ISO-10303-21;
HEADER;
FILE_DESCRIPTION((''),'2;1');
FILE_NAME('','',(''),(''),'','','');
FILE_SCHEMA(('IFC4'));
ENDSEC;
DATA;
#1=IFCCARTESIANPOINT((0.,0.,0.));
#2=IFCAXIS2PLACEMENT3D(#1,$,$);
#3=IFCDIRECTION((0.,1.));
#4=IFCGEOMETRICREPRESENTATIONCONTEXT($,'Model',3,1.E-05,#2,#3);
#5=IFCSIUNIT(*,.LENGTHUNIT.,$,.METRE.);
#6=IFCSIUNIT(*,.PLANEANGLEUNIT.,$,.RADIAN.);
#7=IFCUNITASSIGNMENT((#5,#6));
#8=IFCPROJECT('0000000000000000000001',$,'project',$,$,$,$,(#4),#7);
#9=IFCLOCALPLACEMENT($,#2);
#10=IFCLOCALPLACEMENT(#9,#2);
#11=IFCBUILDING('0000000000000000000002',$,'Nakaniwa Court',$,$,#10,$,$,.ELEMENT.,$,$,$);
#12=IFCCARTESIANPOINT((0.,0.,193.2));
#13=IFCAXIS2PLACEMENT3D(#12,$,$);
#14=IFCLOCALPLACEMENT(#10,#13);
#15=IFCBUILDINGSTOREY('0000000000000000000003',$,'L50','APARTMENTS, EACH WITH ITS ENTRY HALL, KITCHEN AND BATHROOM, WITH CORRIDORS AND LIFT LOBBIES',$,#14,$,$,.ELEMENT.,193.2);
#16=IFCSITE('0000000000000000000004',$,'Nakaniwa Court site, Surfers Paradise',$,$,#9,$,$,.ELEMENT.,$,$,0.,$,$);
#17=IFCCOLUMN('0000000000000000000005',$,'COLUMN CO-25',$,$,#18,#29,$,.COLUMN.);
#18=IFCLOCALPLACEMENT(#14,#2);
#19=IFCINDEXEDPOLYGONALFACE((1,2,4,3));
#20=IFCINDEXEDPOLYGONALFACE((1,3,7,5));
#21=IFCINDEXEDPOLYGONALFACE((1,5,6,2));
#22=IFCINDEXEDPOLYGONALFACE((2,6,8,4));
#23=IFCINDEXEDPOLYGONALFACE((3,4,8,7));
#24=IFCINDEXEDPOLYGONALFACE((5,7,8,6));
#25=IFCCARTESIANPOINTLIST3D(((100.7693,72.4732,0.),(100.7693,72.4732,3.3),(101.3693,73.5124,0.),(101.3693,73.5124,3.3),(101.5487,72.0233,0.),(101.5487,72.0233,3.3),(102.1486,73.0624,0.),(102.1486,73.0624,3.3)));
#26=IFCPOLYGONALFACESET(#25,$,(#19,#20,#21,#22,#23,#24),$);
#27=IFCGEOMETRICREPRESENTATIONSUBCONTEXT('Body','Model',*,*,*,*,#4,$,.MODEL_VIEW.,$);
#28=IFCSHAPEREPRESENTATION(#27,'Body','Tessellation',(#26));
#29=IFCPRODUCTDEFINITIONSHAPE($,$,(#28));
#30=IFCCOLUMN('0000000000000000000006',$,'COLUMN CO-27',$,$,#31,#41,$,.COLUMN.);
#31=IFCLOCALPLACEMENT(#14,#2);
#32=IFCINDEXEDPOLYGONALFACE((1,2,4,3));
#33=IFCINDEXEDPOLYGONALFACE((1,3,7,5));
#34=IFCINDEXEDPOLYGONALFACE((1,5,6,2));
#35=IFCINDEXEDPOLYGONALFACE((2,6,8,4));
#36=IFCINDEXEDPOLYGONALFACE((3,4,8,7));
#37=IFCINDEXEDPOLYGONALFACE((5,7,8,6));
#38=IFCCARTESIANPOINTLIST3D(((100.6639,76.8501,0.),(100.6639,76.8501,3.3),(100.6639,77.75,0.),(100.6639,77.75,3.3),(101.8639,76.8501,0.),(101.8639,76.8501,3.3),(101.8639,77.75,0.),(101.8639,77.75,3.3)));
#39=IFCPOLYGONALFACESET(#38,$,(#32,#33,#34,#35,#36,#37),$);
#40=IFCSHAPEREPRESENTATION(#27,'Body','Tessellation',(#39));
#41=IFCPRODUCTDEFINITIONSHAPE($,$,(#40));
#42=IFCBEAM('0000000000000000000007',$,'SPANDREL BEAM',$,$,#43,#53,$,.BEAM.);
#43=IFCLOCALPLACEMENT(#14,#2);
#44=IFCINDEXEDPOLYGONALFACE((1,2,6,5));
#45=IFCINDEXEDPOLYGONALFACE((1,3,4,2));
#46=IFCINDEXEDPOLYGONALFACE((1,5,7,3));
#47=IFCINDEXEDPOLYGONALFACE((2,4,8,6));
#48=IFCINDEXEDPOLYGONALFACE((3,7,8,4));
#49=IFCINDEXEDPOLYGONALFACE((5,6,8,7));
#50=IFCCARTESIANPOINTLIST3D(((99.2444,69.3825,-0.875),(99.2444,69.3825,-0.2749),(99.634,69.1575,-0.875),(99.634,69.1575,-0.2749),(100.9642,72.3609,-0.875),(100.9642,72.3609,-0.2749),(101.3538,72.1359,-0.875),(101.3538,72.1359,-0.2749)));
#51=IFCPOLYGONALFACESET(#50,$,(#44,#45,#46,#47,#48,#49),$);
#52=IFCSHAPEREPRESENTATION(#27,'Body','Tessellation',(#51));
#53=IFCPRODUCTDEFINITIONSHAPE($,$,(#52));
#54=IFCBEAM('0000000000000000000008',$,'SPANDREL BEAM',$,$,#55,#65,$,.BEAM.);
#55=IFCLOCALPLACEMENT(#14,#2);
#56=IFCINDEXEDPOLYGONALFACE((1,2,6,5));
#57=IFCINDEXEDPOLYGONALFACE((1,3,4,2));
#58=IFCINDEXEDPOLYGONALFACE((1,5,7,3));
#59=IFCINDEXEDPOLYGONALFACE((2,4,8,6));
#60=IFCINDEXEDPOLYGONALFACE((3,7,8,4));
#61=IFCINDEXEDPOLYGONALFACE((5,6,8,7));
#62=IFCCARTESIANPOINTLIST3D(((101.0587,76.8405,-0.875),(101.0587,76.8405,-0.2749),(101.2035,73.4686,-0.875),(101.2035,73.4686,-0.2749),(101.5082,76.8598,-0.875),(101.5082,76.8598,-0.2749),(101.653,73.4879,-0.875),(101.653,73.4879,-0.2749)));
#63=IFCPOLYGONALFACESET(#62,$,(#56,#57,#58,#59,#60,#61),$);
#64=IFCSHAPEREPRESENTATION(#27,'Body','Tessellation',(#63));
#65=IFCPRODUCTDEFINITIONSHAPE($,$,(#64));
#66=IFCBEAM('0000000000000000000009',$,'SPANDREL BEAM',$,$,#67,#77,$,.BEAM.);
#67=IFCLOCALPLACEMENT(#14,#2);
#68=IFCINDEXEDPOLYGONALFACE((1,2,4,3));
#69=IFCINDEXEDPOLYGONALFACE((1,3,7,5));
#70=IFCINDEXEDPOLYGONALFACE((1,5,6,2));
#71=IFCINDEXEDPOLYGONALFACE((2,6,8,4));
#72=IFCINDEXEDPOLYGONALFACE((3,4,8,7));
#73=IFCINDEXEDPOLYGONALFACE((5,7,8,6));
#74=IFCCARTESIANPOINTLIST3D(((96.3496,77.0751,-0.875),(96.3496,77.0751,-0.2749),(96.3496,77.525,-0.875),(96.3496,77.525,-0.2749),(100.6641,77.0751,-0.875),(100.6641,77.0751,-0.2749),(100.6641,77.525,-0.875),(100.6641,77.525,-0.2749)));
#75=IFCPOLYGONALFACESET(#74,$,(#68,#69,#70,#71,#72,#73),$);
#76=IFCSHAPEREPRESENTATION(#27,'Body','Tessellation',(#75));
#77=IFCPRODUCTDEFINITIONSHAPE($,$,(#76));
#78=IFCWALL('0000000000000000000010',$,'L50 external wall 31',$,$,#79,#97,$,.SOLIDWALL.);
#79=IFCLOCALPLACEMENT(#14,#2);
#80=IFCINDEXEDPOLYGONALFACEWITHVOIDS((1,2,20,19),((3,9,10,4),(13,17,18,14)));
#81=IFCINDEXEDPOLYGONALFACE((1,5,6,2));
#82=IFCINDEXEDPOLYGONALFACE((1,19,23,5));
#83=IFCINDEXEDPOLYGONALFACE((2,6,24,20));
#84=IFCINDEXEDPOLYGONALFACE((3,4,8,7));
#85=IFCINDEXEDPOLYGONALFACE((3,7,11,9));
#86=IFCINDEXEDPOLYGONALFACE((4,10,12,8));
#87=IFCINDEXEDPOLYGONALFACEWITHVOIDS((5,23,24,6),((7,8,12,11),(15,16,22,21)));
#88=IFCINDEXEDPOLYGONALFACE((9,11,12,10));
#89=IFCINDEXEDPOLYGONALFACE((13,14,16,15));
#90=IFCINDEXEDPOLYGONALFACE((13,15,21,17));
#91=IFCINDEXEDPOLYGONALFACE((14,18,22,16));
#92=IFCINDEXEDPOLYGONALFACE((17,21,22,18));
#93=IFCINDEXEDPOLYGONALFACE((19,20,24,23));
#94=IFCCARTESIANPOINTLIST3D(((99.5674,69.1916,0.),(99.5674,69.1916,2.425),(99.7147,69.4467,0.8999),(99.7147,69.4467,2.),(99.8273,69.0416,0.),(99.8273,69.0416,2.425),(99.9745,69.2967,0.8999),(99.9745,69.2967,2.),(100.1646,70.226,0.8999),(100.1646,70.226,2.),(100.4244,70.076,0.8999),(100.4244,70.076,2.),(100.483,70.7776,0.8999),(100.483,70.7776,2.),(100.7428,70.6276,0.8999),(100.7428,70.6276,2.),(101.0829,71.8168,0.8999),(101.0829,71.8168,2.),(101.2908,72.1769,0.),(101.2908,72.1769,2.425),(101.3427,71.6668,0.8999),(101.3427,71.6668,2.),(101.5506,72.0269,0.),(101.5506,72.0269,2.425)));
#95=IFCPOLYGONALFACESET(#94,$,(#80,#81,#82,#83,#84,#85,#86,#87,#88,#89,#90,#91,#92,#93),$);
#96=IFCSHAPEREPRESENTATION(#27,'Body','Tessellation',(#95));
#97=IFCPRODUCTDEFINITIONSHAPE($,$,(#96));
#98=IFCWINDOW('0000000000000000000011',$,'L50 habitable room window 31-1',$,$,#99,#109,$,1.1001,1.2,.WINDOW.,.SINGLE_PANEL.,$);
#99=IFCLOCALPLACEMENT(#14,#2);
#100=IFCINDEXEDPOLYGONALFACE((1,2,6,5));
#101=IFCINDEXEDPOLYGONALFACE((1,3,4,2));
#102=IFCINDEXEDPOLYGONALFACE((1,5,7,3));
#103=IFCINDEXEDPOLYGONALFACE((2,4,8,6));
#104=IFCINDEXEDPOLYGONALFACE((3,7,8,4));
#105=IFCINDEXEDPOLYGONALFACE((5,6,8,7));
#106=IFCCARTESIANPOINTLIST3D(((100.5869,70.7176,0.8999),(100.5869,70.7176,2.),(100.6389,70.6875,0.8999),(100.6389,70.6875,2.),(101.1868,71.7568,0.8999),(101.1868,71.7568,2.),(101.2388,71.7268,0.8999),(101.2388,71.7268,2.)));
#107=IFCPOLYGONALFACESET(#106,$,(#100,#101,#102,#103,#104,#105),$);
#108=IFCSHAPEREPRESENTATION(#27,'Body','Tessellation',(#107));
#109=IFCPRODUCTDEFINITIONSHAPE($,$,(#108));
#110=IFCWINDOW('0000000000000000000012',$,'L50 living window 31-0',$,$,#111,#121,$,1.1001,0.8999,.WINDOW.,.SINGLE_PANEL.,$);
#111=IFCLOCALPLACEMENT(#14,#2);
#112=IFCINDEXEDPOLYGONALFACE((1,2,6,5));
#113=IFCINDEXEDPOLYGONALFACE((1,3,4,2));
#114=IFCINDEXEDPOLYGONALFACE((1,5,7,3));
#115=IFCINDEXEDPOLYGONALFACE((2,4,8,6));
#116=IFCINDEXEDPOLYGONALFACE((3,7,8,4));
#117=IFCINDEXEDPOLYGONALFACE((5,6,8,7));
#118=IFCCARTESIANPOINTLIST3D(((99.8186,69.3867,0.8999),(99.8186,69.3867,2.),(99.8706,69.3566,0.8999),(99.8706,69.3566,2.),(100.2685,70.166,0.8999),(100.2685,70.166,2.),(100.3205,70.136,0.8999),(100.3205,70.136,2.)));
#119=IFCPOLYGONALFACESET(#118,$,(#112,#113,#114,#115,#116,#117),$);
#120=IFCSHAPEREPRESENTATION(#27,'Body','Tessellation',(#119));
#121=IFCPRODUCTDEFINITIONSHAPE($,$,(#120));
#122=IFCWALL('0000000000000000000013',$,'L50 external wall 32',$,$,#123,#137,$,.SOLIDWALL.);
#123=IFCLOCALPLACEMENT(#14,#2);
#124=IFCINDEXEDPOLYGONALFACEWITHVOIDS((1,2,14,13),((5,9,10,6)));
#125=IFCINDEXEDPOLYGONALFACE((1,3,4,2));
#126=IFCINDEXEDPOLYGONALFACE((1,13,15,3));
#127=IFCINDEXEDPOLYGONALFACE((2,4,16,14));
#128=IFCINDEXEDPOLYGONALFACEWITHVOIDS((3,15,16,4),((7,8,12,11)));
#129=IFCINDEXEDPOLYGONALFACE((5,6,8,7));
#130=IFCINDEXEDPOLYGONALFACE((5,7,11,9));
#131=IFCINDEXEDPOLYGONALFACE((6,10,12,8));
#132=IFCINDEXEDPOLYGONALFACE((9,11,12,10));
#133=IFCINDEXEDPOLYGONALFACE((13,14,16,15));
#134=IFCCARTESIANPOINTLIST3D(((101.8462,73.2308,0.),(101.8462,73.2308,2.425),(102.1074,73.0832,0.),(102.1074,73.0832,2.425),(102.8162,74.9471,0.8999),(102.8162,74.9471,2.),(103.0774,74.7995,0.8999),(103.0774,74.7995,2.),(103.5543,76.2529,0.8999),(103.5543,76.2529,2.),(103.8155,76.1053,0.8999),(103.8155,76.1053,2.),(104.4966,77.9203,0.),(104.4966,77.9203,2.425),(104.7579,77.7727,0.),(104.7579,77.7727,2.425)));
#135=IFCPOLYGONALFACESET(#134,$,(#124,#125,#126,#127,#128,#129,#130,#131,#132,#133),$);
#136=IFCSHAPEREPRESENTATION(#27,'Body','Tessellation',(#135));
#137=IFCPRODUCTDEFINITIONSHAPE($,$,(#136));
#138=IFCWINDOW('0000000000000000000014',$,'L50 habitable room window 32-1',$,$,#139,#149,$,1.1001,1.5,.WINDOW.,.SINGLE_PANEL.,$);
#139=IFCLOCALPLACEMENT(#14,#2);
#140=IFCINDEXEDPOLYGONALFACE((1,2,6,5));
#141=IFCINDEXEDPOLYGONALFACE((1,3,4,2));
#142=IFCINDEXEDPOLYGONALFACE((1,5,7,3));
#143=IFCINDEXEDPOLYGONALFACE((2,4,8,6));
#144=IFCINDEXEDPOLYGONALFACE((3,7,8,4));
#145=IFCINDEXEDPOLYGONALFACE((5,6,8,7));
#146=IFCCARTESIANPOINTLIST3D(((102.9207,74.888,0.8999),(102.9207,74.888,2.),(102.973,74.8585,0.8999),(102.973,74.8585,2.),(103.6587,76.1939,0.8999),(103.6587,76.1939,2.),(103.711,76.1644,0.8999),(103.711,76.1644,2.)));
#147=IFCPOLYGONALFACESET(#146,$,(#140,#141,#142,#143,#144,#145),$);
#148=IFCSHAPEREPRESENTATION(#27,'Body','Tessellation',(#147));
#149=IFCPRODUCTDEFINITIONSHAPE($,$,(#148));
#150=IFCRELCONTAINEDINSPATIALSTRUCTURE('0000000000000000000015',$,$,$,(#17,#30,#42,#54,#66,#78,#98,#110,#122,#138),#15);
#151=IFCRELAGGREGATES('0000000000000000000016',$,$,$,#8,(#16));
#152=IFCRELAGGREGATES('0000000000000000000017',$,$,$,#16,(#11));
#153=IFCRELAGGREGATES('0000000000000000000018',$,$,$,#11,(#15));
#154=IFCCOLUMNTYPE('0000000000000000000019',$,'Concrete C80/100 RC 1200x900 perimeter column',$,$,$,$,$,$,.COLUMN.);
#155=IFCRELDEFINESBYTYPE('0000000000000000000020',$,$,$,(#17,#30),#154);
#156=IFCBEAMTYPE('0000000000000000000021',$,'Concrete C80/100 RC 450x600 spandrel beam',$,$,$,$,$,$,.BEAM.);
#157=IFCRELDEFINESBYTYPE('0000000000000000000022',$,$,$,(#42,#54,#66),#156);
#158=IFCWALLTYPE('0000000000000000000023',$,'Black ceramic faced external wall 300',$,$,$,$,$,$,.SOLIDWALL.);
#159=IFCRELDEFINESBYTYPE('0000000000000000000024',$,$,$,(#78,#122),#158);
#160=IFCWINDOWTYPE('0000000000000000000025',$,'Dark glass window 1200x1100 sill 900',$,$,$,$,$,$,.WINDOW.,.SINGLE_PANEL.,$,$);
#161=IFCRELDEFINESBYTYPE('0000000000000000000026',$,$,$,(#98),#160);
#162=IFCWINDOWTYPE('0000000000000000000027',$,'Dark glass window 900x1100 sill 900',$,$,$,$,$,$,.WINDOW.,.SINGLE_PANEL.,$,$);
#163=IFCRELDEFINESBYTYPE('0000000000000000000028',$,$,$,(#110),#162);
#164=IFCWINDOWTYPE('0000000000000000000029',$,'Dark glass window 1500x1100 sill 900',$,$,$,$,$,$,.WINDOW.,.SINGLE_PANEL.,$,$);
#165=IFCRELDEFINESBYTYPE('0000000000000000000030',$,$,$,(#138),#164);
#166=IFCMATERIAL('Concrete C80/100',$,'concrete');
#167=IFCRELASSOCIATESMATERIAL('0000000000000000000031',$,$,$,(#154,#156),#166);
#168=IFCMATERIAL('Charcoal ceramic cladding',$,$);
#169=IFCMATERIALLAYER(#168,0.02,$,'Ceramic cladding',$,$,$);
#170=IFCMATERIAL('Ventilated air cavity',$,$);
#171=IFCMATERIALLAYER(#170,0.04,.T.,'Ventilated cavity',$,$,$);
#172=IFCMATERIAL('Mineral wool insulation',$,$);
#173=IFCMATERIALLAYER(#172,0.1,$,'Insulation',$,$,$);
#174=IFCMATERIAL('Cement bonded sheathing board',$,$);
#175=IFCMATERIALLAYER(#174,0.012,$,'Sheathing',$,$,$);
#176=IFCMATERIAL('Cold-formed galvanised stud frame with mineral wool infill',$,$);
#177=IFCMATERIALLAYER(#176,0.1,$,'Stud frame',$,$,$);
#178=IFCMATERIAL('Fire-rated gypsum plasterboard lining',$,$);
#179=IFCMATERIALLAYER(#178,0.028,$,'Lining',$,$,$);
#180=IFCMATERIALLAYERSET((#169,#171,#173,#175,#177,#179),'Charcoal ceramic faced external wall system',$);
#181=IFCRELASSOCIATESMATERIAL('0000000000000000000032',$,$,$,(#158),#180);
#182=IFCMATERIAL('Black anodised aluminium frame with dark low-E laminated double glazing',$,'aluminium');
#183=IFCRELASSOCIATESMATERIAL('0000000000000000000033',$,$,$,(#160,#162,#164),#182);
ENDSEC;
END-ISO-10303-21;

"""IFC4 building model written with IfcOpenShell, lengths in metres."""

from ifc_helpers import new_model, si_unit, direction, frame, frame_2d, origin, origin_2d, place, context, subcontext, project, spatial, rectangle, extrude, material, layer, layer_set, material_profile, profile_set, type_object, element, fill, save


model = new_model("IFC4")

# Units and contexts
model_context = context("Model", 3, precision=1e-05, world=origin(), true_north=direction((0.0, 1.0)))
body_context = subcontext(model_context, "Body", "Model", "MODEL_VIEW")
ifc_project = project(units=[si_unit("LENGTHUNIT", "METRE"), si_unit("PLANEANGLEUNIT", "RADIAN")], contexts=[model_context])

# Site, building, storey
site_placement = place(None, origin())
site = spatial("IfcSite", under=ifc_project, at=site_placement, Name="Nakaniwa Court site, Surfers Paradise", CompositionType="ELEMENT", RefElevation=0.0)
building_placement = place(site_placement, origin())
building = spatial("IfcBuilding", under=site, at=building_placement, Name="Nakaniwa Court", CompositionType="ELEMENT")
storey_placement = place(building_placement, frame((0.0, 0.0, 193.2)))
storey = spatial("IfcBuildingStorey", under=building, at=storey_placement, Name="L50", Description="APARTMENTS, EACH WITH ITS ENTRY HALL, KITCHEN AND BATHROOM, WITH CORRIDORS AND LIFT LOBBIES", CompositionType="ELEMENT", Elevation=193.2)

# Columns
ifc_material_1 = material(Name="Concrete C80/100", Category="concrete")
ifc_material_profile_1 = material_profile(ifc_material_1, rectangle(XDim=1.2, YDim=0.8999, at=origin_2d()), Name="Concrete C80/100 RC 1200x900 perimeter column")
ifc_profile_set_1 = profile_set([ifc_material_profile_1], Name="Concrete C80/100")
column_type = type_object("IfcColumnType", Name="Concrete C80/100 RC 1200x900 perimeter column", PredefinedType="COLUMN", material=ifc_profile_set_1)
for number, where, z_axis, x_axis, name in (
    (1, (101.459, 72.7678, 0.0), (0.0, 0.0, 1.0), (0.5, 0.866025, 0.0), "COLUMN CO-25"),
    (2, (101.2639, 77.3, 0.0), (0.0, 0.0, 1.0), (-1.0, 0.0, 0.0), "COLUMN CO-27"),
):
    element("IfcColumn", number, at=place(storey_placement, frame(where, z_axis=z_axis, x_axis=x_axis)), inside=storey, type_object=column_type, Name=name, PredefinedType="COLUMN", context=body_context, shape_type="SweptSolid", body=[
        extrude(rectangle(XDim=1.2, YDim=0.8999, at=origin_2d()), origin(), (0.0, 0.0, 1.0), 3.3),
    ])

# Beams
ifc_material_profile_2 = material_profile(ifc_material_1, rectangle(XDim=0.45, YDim=0.6001, at=origin_2d()), Name="Concrete C80/100 RC 450x600 spandrel beam")
ifc_profile_set_2 = profile_set([ifc_material_profile_2], Name="Concrete C80/100")
beam_type = type_object("IfcBeamType", Name="Concrete C80/100 RC 450x600 spandrel beam", PredefinedType="BEAM", material=ifc_profile_set_2)
beam_1_placement = place(storey_placement, frame((99.4392, 69.27, -0.575), z_axis=(0.500048, 0.865998, 0.0), x_axis=(-0.865998, 0.500048, 0.0)))
element("IfcBeam", 3, at=beam_1_placement, inside=storey, type_object=beam_type, Name="SPANDREL BEAM", PredefinedType="BEAM", context=body_context, shape_type="SweptSolid", body=[
    extrude(rectangle(XDim=0.45, YDim=0.6001, at=origin_2d()), origin(), (0.0, 0.0, 1.0), 3.4392),
])
beam_2_placement = place(storey_placement, frame((101.4282, 73.4783, -0.575), z_axis=(-0.042897, 0.999079, 0.0), x_axis=(-0.999079, -0.042897, 0.0)))
element("IfcBeam", 4, at=beam_2_placement, inside=storey, type_object=beam_type, Name="SPANDREL BEAM", PredefinedType="BEAM", context=body_context, shape_type="SweptSolid", body=[
    extrude(rectangle(XDim=0.45, YDim=0.6001, at=origin_2d()), origin(), (0.0, 0.0, 1.0), 3.375),
])
beam_3_placement = place(storey_placement, frame((100.6641, 77.3, -0.575), z_axis=(-1.0, 0.0, 0.0), x_axis=(0.0, -1.0, 0.0)))
element("IfcBeam", 5, at=beam_3_placement, inside=storey, type_object=beam_type, Name="SPANDREL BEAM", PredefinedType="BEAM", context=body_context, shape_type="SweptSolid", body=[
    extrude(rectangle(XDim=0.45, YDim=0.6001, at=origin_2d()), origin(), (0.0, 0.0, 1.0), 4.3145),
])

# Wall, openings, windows
ifc_material_2 = material(Name="Charcoal ceramic cladding")
ifc_layer_1 = layer(ifc_material_2, 0.02, Name="Ceramic cladding")
ifc_material_3 = material(Name="Ventilated air cavity")
ifc_layer_2 = layer(ifc_material_3, 0.04, ventilated=True, Name="Ventilated cavity")
ifc_material_4 = material(Name="Mineral wool insulation")
ifc_layer_3 = layer(ifc_material_4, 0.1, Name="Insulation")
ifc_material_5 = material(Name="Cement bonded sheathing board")
ifc_layer_4 = layer(ifc_material_5, 0.012, Name="Sheathing")
ifc_material_6 = material(Name="Cold-formed galvanised stud frame with mineral wool infill")
ifc_layer_5 = layer(ifc_material_6, 0.1, Name="Stud frame")
ifc_material_7 = material(Name="Fire-rated gypsum plasterboard lining")
ifc_layer_6 = layer(ifc_material_7, 0.028, Name="Lining")
ifc_layer_set = layer_set([ifc_layer_1, ifc_layer_2, ifc_layer_3, ifc_layer_4, ifc_layer_5, ifc_layer_6], Name="Charcoal ceramic faced external wall system")
wall_type = type_object("IfcWallType", Name="Black ceramic faced external wall 300", PredefinedType="SOLIDWALL", material=ifc_layer_set)
wall_1_placement = place(storey_placement, frame((99.6973, 69.1165, 0.0), z_axis=(0.0, 0.0, 1.0), x_axis=(0.499955, 0.866051, 0.0)))
wall_1 = element("IfcWall", 6, at=wall_1_placement, inside=storey, type_object=wall_type, Name="L50 external wall 31", PredefinedType="SOLIDWALL", context=body_context, shape_type="SweptSolid", body=[
    extrude(rectangle(XDim=3.447, YDim=0.3, at=frame_2d((1.7236, 0.0))), origin(), (0.0, 0.0, 1.0), 2.425),
])
opening_1_placement = place(wall_1_placement, frame((0.2947, 0.0, 0.8999)))
opening_1 = element("IfcOpeningElement", 7, at=opening_1_placement, cuts=wall_1, PredefinedType="OPENING", context=body_context, shape_type="SweptSolid", body=[
    extrude(rectangle(XDim=0.8999, YDim=1.1001, at=frame_2d((0.45, 0.55))), frame((0.0, 0.1599, 0.0), z_axis=(0.0, -1.0, 0.0), x_axis=(1.0, 0.0, 0.0)), (0.0, 0.0, 1.0), 0.3201),
])
opening_2_placement = place(wall_1_placement, frame((1.8313, 0.0, 0.8999)))
opening_2 = element("IfcOpeningElement", 8, at=opening_2_placement, cuts=wall_1, PredefinedType="OPENING", context=body_context, shape_type="SweptSolid", body=[
    extrude(rectangle(XDim=1.2, YDim=1.1001, at=frame_2d((0.6001, 0.55))), frame((0.0, 0.1599, 0.0), z_axis=(0.0, -1.0, 0.0), x_axis=(1.0, 0.0, 0.0)), (0.0, 0.0, 1.0), 0.3201),
])
ifc_material_8 = material(Name="Black anodised aluminium frame with dark low-E laminated double glazing", Category="aluminium")
window_type_1 = type_object("IfcWindowType", Name="Dark glass window 1200x1100 sill 900", PartitioningType="SINGLE_PANEL", PredefinedType="WINDOW", material=ifc_material_8)
window_1_placement = place(opening_2_placement, origin())
window_1 = element("IfcWindow", 9, at=window_1_placement, inside=storey, type_object=window_type_1, Name="L50 habitable room window 31-1", OverallHeight=1.1001, OverallWidth=1.2, PartitioningType="SINGLE_PANEL", PredefinedType="WINDOW", context=body_context, shape_type="SweptSolid", body=[
    extrude(rectangle(XDim=1.2, YDim=1.1001, at=frame_2d((0.6001, 0.55))), frame((0.0, 0.03, 0.0), z_axis=(0.0, -1.0, 0.0), x_axis=(1.0, 0.0, 0.0)), (0.0, 0.0, 1.0), 0.0601),
])
fill(opening_2, window_1)
window_type_2 = type_object("IfcWindowType", Name="Dark glass window 900x1100 sill 900", PartitioningType="SINGLE_PANEL", PredefinedType="WINDOW", material=ifc_material_8)
window_2_placement = place(opening_1_placement, origin())
window_2 = element("IfcWindow", 10, at=window_2_placement, inside=storey, type_object=window_type_2, Name="L50 living window 31-0", OverallHeight=1.1001, OverallWidth=0.8999, PartitioningType="SINGLE_PANEL", PredefinedType="WINDOW", context=body_context, shape_type="SweptSolid", body=[
    extrude(rectangle(XDim=0.8999, YDim=1.1001, at=frame_2d((0.45, 0.55))), frame((0.0, 0.03, 0.0), z_axis=(0.0, -1.0, 0.0), x_axis=(1.0, 0.0, 0.0)), (0.0, 0.0, 1.0), 0.0601),
])
fill(opening_1, window_2)

# Wall, opening, window
wall_2_placement = place(storey_placement, frame((101.9768, 73.157, 0.0), z_axis=(0.0, 0.0, 1.0), x_axis=(0.492033, 0.870576, 0.0)))
wall_2 = element("IfcWall", 11, at=wall_2_placement, inside=storey, type_object=wall_type, Name="L50 external wall 32", PredefinedType="SOLIDWALL", context=body_context, shape_type="SweptSolid", body=[
    extrude(rectangle(XDim=5.3867, YDim=0.3, at=frame_2d((2.6934, 0.0))), origin(), (0.0, 0.0, 1.0), 2.425),
])
opening_3_placement = place(wall_2_placement, frame((1.9714, 0.0, 0.8999)))
opening_3 = element("IfcOpeningElement", 12, at=opening_3_placement, cuts=wall_2, PredefinedType="OPENING", context=body_context, shape_type="SweptSolid", body=[
    extrude(rectangle(XDim=1.5, YDim=1.1001, at=frame_2d((0.75, 0.55))), frame((0.0, 0.1599, 0.0), z_axis=(0.0, -1.0, 0.0), x_axis=(1.0, 0.0, 0.0)), (0.0, 0.0, 1.0), 0.3201),
])
window_type_3 = type_object("IfcWindowType", Name="Dark glass window 1500x1100 sill 900", PartitioningType="SINGLE_PANEL", PredefinedType="WINDOW", material=ifc_material_8)
window_3_placement = place(opening_3_placement, origin())
window_3 = element("IfcWindow", 13, at=window_3_placement, inside=storey, type_object=window_type_3, Name="L50 habitable room window 32-1", OverallHeight=1.1001, OverallWidth=1.5, PartitioningType="SINGLE_PANEL", PredefinedType="WINDOW", context=body_context, shape_type="SweptSolid", body=[
    extrude(rectangle(XDim=1.5, YDim=1.1001, at=frame_2d((0.75, 0.55))), frame((0.0, 0.03, 0.0), z_axis=(0.0, -1.0, 0.0), x_axis=(1.0, 0.0, 0.0)), (0.0, 0.0, 1.0), 0.0601),
])
fill(opening_3, window_3)

save(model, "model.ifc")
